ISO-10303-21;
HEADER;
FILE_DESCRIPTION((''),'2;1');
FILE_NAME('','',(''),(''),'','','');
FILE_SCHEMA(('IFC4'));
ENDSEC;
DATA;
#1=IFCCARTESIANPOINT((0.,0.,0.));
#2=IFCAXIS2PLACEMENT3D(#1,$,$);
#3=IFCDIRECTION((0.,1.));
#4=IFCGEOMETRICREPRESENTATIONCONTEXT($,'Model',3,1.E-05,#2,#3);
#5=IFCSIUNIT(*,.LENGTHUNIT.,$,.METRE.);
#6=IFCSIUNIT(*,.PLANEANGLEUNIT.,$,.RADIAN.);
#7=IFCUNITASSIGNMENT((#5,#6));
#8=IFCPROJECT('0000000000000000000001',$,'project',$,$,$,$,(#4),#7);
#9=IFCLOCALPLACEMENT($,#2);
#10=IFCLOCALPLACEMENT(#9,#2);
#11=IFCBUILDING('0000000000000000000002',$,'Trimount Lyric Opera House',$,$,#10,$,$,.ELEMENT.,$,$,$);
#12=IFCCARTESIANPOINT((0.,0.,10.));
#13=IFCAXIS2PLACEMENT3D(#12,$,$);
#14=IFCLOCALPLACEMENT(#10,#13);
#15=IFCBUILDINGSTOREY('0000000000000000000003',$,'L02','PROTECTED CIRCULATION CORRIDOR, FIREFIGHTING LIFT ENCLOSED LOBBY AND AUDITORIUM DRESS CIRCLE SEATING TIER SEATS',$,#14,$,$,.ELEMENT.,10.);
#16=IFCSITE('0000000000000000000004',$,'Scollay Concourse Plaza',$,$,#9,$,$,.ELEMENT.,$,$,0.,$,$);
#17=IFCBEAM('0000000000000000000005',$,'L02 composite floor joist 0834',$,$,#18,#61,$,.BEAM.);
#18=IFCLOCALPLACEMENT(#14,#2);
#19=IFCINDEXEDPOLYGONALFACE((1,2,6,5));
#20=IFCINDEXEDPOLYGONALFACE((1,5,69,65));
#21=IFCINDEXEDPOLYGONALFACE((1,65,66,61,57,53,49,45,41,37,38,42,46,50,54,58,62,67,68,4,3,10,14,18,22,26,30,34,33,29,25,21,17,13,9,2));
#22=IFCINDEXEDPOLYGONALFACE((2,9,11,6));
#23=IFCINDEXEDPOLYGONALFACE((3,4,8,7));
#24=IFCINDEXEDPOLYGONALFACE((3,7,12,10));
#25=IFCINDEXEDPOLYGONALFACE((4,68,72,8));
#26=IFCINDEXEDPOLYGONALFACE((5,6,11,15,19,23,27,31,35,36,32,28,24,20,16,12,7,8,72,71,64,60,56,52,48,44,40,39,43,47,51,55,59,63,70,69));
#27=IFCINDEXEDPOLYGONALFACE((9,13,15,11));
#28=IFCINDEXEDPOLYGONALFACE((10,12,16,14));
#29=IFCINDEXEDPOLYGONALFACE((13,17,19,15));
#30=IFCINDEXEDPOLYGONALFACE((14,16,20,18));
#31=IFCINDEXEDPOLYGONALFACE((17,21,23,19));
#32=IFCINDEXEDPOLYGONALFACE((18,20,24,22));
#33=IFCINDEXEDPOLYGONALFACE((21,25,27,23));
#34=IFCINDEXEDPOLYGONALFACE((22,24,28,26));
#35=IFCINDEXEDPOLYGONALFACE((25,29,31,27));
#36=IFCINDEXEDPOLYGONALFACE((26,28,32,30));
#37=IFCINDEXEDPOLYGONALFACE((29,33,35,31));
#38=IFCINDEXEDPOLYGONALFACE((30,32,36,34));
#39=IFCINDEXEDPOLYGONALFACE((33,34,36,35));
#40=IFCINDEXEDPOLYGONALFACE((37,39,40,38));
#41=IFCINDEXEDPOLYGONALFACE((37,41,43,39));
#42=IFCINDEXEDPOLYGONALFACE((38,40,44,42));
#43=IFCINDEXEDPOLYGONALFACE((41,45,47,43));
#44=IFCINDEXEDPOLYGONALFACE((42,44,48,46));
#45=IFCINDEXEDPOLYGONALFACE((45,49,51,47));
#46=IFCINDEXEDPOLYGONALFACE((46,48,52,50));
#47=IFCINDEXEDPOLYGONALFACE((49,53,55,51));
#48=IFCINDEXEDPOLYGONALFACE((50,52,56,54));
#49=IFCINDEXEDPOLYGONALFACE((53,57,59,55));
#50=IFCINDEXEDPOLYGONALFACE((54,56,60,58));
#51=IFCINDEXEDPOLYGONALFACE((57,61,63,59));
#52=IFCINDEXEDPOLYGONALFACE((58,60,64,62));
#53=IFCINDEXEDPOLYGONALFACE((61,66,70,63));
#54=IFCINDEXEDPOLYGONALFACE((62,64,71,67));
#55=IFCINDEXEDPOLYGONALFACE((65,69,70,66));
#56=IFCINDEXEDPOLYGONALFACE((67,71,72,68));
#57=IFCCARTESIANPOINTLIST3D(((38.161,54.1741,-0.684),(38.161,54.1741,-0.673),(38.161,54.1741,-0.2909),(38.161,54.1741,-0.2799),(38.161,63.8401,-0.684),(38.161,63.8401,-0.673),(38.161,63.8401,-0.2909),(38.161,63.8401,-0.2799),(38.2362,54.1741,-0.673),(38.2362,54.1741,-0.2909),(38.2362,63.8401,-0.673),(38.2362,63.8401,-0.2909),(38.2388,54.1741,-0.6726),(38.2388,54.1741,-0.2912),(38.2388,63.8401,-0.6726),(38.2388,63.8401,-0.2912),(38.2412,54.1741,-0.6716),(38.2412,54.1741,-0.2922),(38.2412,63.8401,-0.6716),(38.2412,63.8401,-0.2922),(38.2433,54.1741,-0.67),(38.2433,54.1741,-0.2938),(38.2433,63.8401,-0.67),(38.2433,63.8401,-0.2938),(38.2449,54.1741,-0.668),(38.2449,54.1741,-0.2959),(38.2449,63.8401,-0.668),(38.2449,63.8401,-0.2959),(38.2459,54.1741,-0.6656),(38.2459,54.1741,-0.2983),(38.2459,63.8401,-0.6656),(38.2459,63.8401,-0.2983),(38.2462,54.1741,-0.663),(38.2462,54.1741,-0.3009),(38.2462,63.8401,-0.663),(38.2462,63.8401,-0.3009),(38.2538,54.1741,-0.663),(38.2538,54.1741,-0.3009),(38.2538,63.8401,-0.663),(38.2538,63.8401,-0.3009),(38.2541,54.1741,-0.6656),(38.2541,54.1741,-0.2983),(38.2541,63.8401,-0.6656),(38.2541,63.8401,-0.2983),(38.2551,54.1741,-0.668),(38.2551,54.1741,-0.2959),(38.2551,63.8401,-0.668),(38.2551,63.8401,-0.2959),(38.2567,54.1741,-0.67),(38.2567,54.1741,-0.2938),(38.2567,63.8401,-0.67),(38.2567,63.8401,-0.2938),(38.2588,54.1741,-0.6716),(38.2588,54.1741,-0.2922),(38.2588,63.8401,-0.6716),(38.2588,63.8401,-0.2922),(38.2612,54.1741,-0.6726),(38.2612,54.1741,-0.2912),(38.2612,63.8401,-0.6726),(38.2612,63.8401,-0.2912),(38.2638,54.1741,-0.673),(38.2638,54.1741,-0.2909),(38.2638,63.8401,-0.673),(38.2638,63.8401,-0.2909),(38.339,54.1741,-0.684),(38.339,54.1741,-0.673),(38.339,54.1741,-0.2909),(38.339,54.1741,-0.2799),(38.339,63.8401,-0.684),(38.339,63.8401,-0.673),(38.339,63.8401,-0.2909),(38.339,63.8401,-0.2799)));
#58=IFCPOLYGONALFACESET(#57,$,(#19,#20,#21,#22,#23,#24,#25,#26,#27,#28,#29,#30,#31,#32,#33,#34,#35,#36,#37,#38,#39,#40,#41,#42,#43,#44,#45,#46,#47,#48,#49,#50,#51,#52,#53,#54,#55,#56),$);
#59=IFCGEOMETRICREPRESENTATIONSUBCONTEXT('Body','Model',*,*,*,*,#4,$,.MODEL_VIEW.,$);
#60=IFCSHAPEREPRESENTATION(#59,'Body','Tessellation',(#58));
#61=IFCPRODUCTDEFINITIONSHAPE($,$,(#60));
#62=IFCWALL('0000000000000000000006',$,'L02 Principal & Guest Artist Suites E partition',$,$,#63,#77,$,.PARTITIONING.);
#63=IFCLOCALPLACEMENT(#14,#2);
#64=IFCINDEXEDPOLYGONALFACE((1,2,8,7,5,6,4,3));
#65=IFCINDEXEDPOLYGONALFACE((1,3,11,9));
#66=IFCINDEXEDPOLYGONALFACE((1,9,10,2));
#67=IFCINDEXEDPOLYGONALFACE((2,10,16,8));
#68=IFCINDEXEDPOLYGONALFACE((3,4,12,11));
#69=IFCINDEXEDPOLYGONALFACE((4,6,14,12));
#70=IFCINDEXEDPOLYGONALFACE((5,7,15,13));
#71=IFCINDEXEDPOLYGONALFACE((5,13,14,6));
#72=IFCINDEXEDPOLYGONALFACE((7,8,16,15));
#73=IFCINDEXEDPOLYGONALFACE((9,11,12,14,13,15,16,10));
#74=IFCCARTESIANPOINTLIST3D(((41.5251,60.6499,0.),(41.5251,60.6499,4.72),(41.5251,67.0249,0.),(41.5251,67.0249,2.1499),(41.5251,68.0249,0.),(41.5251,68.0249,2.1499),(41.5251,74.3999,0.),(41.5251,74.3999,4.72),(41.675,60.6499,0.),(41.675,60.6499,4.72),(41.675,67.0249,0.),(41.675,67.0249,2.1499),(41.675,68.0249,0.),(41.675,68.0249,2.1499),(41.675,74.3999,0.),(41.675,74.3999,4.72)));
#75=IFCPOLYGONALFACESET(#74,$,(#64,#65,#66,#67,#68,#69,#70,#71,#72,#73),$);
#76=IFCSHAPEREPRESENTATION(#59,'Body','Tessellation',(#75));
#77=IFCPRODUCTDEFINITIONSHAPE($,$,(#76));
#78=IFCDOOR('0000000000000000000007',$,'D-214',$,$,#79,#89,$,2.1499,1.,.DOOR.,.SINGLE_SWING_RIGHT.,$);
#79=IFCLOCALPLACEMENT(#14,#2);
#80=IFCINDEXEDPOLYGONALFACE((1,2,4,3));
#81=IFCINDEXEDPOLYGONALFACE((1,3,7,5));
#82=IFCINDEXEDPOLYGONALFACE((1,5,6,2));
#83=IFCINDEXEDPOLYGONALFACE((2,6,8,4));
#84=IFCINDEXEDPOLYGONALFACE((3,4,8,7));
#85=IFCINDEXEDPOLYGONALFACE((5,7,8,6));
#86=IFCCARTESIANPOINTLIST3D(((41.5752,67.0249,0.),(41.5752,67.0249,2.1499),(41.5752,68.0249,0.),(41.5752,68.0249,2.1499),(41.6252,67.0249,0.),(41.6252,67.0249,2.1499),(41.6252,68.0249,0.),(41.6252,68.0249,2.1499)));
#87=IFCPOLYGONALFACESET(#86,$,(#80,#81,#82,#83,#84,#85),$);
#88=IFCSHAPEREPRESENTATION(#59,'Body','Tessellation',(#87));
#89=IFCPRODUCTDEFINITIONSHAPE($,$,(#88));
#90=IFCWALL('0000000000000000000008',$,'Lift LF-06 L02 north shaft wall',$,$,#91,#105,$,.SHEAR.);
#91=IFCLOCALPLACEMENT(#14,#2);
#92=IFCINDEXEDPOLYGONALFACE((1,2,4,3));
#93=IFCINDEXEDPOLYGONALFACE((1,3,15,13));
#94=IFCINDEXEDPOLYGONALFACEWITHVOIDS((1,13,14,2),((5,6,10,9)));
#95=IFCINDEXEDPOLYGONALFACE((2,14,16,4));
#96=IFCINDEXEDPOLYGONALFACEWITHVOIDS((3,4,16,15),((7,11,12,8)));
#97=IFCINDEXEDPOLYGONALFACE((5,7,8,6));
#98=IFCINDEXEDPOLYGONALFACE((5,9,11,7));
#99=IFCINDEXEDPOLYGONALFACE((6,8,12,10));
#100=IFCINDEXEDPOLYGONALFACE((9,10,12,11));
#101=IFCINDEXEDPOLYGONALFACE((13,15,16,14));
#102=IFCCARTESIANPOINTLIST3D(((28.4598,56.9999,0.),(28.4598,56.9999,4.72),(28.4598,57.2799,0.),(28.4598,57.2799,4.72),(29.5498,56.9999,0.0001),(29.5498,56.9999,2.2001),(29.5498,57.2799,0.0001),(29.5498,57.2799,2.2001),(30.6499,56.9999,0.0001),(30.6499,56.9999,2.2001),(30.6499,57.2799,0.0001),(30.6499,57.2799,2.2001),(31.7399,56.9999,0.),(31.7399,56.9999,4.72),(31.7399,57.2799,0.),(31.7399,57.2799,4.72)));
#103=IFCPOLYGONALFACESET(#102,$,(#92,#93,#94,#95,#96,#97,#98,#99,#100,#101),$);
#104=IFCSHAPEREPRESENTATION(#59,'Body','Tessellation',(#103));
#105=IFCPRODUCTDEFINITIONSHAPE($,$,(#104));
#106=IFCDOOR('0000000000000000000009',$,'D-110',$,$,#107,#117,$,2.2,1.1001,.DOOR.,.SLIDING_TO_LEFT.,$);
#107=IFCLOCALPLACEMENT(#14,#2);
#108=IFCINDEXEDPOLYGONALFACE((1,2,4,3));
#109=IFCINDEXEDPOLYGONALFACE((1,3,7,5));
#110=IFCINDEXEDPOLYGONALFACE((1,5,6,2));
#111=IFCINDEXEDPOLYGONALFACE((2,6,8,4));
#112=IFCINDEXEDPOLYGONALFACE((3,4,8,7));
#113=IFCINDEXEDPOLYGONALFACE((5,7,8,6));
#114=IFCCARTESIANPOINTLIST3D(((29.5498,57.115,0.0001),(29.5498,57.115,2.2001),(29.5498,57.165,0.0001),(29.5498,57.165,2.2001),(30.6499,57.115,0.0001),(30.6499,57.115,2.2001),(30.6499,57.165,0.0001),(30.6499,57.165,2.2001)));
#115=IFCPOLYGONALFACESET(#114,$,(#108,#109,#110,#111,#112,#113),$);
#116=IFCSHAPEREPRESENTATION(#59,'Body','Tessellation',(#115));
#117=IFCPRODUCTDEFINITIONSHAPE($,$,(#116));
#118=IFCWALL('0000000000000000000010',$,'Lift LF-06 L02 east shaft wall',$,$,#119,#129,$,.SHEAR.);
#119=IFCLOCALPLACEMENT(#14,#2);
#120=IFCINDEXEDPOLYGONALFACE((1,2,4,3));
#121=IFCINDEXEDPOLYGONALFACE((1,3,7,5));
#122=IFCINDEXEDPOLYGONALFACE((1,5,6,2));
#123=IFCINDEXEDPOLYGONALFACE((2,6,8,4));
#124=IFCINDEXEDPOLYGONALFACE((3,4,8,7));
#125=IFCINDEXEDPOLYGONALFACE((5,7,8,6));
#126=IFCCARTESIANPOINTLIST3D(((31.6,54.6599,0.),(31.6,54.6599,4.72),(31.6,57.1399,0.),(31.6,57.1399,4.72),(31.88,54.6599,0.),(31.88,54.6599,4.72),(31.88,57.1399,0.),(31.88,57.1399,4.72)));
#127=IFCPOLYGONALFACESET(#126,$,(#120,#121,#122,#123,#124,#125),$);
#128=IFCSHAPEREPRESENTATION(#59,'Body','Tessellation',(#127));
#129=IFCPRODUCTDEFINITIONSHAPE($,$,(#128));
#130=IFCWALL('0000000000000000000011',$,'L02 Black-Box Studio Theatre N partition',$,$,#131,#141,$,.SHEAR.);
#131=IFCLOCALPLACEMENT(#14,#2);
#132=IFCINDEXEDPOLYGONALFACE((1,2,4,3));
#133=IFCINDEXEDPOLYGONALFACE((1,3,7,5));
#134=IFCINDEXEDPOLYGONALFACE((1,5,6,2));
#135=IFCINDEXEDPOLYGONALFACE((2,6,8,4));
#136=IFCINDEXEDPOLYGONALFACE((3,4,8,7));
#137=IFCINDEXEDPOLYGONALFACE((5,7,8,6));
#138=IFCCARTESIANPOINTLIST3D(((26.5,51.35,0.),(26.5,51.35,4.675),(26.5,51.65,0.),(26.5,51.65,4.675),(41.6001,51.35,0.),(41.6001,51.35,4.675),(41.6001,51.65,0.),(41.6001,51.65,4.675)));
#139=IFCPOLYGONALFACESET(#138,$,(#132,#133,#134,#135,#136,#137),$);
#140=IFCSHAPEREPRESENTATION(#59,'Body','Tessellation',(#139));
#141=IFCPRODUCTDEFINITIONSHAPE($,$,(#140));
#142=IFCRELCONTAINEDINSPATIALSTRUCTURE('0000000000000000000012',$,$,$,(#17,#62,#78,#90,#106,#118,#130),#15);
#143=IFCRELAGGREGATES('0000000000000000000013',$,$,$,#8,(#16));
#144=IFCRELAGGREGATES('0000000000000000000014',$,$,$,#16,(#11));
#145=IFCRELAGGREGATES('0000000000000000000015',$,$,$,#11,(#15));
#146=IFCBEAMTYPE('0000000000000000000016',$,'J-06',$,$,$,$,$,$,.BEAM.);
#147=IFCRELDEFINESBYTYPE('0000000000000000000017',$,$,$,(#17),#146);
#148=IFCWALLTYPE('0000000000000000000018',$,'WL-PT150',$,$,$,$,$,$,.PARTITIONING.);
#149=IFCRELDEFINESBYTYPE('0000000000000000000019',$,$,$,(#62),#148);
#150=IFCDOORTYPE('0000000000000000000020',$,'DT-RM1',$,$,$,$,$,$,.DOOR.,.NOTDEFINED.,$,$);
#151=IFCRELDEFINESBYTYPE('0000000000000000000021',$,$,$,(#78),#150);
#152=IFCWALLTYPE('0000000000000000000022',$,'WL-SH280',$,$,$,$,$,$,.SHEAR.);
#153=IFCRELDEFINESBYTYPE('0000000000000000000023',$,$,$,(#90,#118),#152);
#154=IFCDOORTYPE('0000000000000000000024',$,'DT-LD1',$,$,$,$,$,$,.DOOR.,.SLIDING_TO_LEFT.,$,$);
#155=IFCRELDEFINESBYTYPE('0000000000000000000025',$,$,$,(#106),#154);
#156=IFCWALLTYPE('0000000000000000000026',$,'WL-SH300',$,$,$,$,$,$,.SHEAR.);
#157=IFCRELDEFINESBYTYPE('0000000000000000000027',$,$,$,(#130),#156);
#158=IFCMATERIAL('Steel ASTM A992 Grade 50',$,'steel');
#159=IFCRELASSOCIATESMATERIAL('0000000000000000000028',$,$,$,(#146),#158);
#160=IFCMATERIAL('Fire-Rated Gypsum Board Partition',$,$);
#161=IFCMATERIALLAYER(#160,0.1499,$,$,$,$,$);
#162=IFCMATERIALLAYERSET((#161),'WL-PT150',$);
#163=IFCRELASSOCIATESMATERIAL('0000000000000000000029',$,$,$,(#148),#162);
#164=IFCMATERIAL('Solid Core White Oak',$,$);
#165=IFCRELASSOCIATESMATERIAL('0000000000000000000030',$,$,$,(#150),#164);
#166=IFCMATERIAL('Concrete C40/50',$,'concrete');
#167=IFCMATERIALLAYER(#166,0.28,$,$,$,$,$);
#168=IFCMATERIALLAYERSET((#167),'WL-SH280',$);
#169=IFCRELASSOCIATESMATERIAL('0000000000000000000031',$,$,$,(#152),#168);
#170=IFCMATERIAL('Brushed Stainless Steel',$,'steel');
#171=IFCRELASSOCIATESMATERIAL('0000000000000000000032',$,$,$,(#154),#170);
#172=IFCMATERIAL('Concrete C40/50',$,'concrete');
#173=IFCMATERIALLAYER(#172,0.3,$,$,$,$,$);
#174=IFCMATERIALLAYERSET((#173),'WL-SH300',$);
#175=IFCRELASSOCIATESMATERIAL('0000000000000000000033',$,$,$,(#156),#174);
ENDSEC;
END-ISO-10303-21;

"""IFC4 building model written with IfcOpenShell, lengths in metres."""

from ifc_helpers import new_model, si_unit, direction, frame, frame_2d, origin, origin_2d, place, context, subcontext, project, spatial, rectangle, i_section, extrude, material, layer, layer_set, material_profile, profile_set, type_object, element, fill, save


model = new_model("IFC4")

# Units and contexts
model_context = context("Model", 3, precision=1e-05, world=origin(), true_north=direction((0.0, 1.0)))
body_context = subcontext(model_context, "Body", "Model", "MODEL_VIEW")
ifc_project = project(units=[si_unit("LENGTHUNIT", "METRE"), si_unit("PLANEANGLEUNIT", "RADIAN")], contexts=[model_context])

# Site, building, storey
site_placement = place(None, origin())
site = spatial("IfcSite", under=ifc_project, at=site_placement, Name="Scollay Concourse Plaza", CompositionType="ELEMENT", RefElevation=0.0)
building_placement = place(site_placement, origin())
building = spatial("IfcBuilding", under=site, at=building_placement, Name="Trimount Lyric Opera House", CompositionType="ELEMENT")
storey_placement = place(building_placement, frame((0.0, 0.0, 10.0)))
storey = spatial("IfcBuildingStorey", under=building, at=storey_placement, Name="L02", Description="PROTECTED CIRCULATION CORRIDOR, FIREFIGHTING LIFT ENCLOSED LOBBY AND AUDITORIUM DRESS CIRCLE SEATING TIER SEATS", CompositionType="ELEMENT", Elevation=10.0)

# Beam
ifc_material_1 = material(Name="Steel ASTM A992 Grade 50", Category="steel")
ifc_material_profile_1 = material_profile(ifc_material_1, i_section(OverallWidth=0.178, OverallDepth=0.4041, WebThickness=0.0076, FlangeThickness=0.011, FilletRadius=0.01, at=origin_2d()), Name="W16X36")
ifc_profile_set_1 = profile_set([ifc_material_profile_1], Name="Steel ASTM A992 Grade 50")
beam_type_1 = type_object("IfcBeamType", Name="J-06", PredefinedType="BEAM", material=ifc_profile_set_1)
beam_1_placement = place(storey_placement, frame((38.25, 54.1741, -0.4819), z_axis=(0.0, 1.0, 0.0), x_axis=(-1.0, 0.0, 0.0)))
element("IfcBeam", 1, at=beam_1_placement, inside=storey, type_object=beam_type_1, Name="L02 composite floor joist 0834", PredefinedType="BEAM", context=body_context, shape_type="SweptSolid", body=[
    extrude(i_section(OverallWidth=0.178, OverallDepth=0.4041, WebThickness=0.0076, FlangeThickness=0.011, FilletRadius=0.01, at=origin_2d()), origin(), (0.0, 0.0, 1.0), 9.666),
])

# Walls, openings, doors
ifc_material_2 = material(Name="Fire-Rated Gypsum Board Partition")
ifc_layer_1 = layer(ifc_material_2, 0.1499)
ifc_layer_set_1 = layer_set([ifc_layer_1], Name="WL-PT150")
wall_type_1 = type_object("IfcWallType", Name="WL-PT150", PredefinedType="PARTITIONING", material=ifc_layer_set_1)
wall_1_placement = place(storey_placement, frame((41.6001, 60.6499, 0.0), z_axis=(0.0, 0.0, 1.0), x_axis=(0.0, 1.0, 0.0)))
wall_1 = element("IfcWall", 2, at=wall_1_placement, inside=storey, type_object=wall_type_1, Name="L02 Principal & Guest Artist Suites E partition", PredefinedType="PARTITIONING", context=body_context, shape_type="SweptSolid", body=[
    extrude(rectangle(XDim=13.75, YDim=0.1499, at=frame_2d((6.875, 0.0))), origin(), (0.0, 0.0, 1.0), 4.72),
])
opening_1_placement = place(wall_1_placement, frame((6.375, 0.0, 0.0)))
opening_1 = element("IfcOpeningElement", 3, at=opening_1_placement, cuts=wall_1, PredefinedType="OPENING", context=body_context, shape_type="SweptSolid", body=[
    extrude(rectangle(XDim=1.0, YDim=2.1499, at=frame_2d((0.5, 1.075))), frame((0.0, 0.085, 0.0), z_axis=(0.0, -1.0, 0.0), x_axis=(1.0, 0.0, 0.0)), (0.0, 0.0, 1.0), 0.1699),
])
ifc_material_3 = material(Name="Solid Core White Oak")
door_type_1 = type_object("IfcDoorType", Name="DT-RM1", OperationType="NOTDEFINED", PredefinedType="DOOR", material=ifc_material_3)
door_1_placement = place(opening_1_placement, origin())
door_1 = element("IfcDoor", 4, at=door_1_placement, inside=storey, type_object=door_type_1, Name="D-214", OperationType="SINGLE_SWING_RIGHT", OverallHeight=2.1499, OverallWidth=1.0, PredefinedType="DOOR", context=body_context, shape_type="SweptSolid", body=[
    extrude(rectangle(XDim=1.0, YDim=2.1499, at=frame_2d((0.5, 1.075))), frame((0.0, 0.0249, 0.0), z_axis=(0.0, -1.0, 0.0), x_axis=(1.0, 0.0, 0.0)), (0.0, 0.0, 1.0), 0.05),
])
fill(opening_1, door_1)
ifc_material_4 = material(Name="Concrete C40/50", Category="concrete")
ifc_layer_2 = layer(ifc_material_4, 0.28)
ifc_layer_set_2 = layer_set([ifc_layer_2], Name="WL-SH280")
wall_type_2 = type_object("IfcWallType", Name="WL-SH280", PredefinedType="SHEAR", material=ifc_layer_set_2)
wall_2_placement = place(storey_placement, frame((31.74, 57.1399, 0.0), z_axis=(0.0, 0.0, 1.0), x_axis=(-1.0, 0.0, 0.0)))
wall_2 = element("IfcWall", 5, at=wall_2_placement, inside=storey, type_object=wall_type_2, Name="Lift LF-06 L02 north shaft wall", PredefinedType="SHEAR", context=body_context, shape_type="SweptSolid", body=[
    extrude(rectangle(XDim=3.28, YDim=0.28, at=frame_2d((1.6401, 0.0))), origin(), (0.0, 0.0, 1.0), 4.72),
])
opening_2_placement = place(wall_2_placement, frame((1.0901, 0.0, 0.0)))
opening_2 = element("IfcOpeningElement", 6, at=opening_2_placement, cuts=wall_2, PredefinedType="OPENING", context=body_context, shape_type="SweptSolid", body=[
    extrude(rectangle(XDim=1.1001, YDim=2.2, at=frame_2d((0.55, 1.1001))), frame((0.0, 0.1499, 0.0), z_axis=(0.0, -1.0, 0.0), x_axis=(1.0, 0.0, 0.0)), (0.0, 0.0, 1.0), 0.3),
])
ifc_material_5 = material(Name="Brushed Stainless Steel", Category="steel")
door_type_2 = type_object("IfcDoorType", Name="DT-LD1", OperationType="SLIDING_TO_LEFT", PredefinedType="DOOR", material=ifc_material_5)
door_2_placement = place(opening_2_placement, origin())
door_2 = element("IfcDoor", 7, at=door_2_placement, inside=storey, type_object=door_type_2, Name="D-110", OperationType="SLIDING_TO_LEFT", OverallHeight=2.2, OverallWidth=1.1001, PredefinedType="DOOR", context=body_context, shape_type="SweptSolid", body=[
    extrude(rectangle(XDim=1.1001, YDim=2.2, at=frame_2d((0.55, 1.1001))), frame((0.0, 0.0249, 0.0), z_axis=(0.0, -1.0, 0.0), x_axis=(1.0, 0.0, 0.0)), (0.0, 0.0, 1.0), 0.05),
])
fill(opening_2, door_2)

# Walls
wall_3_placement = place(storey_placement, frame((31.74, 54.6599, 0.0), z_axis=(0.0, 0.0, 1.0), x_axis=(0.0, 1.0, 0.0)))
element("IfcWall", 8, at=wall_3_placement, inside=storey, type_object=wall_type_2, Name="Lift LF-06 L02 east shaft wall", PredefinedType="SHEAR", context=body_context, shape_type="SweptSolid", body=[
    extrude(rectangle(XDim=2.48, YDim=0.28, at=frame_2d((1.24, 0.0))), origin(), (0.0, 0.0, 1.0), 4.72),
])
ifc_material_6 = material(Name="Concrete C40/50", Category="concrete")
ifc_layer_3 = layer(ifc_material_6, 0.3)
ifc_layer_set_3 = layer_set([ifc_layer_3], Name="WL-SH300")
wall_type_3 = type_object("IfcWallType", Name="WL-SH300", PredefinedType="SHEAR", material=ifc_layer_set_3)
wall_4_placement = place(storey_placement, frame((41.6001, 51.5, 0.0), z_axis=(0.0, 0.0, 1.0), x_axis=(-1.0, 0.0, 0.0)))
element("IfcWall", 9, at=wall_4_placement, inside=storey, type_object=wall_type_3, Name="L02 Black-Box Studio Theatre N partition", PredefinedType="SHEAR", context=body_context, shape_type="SweptSolid", body=[
    extrude(rectangle(XDim=15.1001, YDim=0.3, at=frame_2d((7.55, 0.0))), origin(), (0.0, 0.0, 1.0), 4.675),
])

save(model, "model.ifc")
